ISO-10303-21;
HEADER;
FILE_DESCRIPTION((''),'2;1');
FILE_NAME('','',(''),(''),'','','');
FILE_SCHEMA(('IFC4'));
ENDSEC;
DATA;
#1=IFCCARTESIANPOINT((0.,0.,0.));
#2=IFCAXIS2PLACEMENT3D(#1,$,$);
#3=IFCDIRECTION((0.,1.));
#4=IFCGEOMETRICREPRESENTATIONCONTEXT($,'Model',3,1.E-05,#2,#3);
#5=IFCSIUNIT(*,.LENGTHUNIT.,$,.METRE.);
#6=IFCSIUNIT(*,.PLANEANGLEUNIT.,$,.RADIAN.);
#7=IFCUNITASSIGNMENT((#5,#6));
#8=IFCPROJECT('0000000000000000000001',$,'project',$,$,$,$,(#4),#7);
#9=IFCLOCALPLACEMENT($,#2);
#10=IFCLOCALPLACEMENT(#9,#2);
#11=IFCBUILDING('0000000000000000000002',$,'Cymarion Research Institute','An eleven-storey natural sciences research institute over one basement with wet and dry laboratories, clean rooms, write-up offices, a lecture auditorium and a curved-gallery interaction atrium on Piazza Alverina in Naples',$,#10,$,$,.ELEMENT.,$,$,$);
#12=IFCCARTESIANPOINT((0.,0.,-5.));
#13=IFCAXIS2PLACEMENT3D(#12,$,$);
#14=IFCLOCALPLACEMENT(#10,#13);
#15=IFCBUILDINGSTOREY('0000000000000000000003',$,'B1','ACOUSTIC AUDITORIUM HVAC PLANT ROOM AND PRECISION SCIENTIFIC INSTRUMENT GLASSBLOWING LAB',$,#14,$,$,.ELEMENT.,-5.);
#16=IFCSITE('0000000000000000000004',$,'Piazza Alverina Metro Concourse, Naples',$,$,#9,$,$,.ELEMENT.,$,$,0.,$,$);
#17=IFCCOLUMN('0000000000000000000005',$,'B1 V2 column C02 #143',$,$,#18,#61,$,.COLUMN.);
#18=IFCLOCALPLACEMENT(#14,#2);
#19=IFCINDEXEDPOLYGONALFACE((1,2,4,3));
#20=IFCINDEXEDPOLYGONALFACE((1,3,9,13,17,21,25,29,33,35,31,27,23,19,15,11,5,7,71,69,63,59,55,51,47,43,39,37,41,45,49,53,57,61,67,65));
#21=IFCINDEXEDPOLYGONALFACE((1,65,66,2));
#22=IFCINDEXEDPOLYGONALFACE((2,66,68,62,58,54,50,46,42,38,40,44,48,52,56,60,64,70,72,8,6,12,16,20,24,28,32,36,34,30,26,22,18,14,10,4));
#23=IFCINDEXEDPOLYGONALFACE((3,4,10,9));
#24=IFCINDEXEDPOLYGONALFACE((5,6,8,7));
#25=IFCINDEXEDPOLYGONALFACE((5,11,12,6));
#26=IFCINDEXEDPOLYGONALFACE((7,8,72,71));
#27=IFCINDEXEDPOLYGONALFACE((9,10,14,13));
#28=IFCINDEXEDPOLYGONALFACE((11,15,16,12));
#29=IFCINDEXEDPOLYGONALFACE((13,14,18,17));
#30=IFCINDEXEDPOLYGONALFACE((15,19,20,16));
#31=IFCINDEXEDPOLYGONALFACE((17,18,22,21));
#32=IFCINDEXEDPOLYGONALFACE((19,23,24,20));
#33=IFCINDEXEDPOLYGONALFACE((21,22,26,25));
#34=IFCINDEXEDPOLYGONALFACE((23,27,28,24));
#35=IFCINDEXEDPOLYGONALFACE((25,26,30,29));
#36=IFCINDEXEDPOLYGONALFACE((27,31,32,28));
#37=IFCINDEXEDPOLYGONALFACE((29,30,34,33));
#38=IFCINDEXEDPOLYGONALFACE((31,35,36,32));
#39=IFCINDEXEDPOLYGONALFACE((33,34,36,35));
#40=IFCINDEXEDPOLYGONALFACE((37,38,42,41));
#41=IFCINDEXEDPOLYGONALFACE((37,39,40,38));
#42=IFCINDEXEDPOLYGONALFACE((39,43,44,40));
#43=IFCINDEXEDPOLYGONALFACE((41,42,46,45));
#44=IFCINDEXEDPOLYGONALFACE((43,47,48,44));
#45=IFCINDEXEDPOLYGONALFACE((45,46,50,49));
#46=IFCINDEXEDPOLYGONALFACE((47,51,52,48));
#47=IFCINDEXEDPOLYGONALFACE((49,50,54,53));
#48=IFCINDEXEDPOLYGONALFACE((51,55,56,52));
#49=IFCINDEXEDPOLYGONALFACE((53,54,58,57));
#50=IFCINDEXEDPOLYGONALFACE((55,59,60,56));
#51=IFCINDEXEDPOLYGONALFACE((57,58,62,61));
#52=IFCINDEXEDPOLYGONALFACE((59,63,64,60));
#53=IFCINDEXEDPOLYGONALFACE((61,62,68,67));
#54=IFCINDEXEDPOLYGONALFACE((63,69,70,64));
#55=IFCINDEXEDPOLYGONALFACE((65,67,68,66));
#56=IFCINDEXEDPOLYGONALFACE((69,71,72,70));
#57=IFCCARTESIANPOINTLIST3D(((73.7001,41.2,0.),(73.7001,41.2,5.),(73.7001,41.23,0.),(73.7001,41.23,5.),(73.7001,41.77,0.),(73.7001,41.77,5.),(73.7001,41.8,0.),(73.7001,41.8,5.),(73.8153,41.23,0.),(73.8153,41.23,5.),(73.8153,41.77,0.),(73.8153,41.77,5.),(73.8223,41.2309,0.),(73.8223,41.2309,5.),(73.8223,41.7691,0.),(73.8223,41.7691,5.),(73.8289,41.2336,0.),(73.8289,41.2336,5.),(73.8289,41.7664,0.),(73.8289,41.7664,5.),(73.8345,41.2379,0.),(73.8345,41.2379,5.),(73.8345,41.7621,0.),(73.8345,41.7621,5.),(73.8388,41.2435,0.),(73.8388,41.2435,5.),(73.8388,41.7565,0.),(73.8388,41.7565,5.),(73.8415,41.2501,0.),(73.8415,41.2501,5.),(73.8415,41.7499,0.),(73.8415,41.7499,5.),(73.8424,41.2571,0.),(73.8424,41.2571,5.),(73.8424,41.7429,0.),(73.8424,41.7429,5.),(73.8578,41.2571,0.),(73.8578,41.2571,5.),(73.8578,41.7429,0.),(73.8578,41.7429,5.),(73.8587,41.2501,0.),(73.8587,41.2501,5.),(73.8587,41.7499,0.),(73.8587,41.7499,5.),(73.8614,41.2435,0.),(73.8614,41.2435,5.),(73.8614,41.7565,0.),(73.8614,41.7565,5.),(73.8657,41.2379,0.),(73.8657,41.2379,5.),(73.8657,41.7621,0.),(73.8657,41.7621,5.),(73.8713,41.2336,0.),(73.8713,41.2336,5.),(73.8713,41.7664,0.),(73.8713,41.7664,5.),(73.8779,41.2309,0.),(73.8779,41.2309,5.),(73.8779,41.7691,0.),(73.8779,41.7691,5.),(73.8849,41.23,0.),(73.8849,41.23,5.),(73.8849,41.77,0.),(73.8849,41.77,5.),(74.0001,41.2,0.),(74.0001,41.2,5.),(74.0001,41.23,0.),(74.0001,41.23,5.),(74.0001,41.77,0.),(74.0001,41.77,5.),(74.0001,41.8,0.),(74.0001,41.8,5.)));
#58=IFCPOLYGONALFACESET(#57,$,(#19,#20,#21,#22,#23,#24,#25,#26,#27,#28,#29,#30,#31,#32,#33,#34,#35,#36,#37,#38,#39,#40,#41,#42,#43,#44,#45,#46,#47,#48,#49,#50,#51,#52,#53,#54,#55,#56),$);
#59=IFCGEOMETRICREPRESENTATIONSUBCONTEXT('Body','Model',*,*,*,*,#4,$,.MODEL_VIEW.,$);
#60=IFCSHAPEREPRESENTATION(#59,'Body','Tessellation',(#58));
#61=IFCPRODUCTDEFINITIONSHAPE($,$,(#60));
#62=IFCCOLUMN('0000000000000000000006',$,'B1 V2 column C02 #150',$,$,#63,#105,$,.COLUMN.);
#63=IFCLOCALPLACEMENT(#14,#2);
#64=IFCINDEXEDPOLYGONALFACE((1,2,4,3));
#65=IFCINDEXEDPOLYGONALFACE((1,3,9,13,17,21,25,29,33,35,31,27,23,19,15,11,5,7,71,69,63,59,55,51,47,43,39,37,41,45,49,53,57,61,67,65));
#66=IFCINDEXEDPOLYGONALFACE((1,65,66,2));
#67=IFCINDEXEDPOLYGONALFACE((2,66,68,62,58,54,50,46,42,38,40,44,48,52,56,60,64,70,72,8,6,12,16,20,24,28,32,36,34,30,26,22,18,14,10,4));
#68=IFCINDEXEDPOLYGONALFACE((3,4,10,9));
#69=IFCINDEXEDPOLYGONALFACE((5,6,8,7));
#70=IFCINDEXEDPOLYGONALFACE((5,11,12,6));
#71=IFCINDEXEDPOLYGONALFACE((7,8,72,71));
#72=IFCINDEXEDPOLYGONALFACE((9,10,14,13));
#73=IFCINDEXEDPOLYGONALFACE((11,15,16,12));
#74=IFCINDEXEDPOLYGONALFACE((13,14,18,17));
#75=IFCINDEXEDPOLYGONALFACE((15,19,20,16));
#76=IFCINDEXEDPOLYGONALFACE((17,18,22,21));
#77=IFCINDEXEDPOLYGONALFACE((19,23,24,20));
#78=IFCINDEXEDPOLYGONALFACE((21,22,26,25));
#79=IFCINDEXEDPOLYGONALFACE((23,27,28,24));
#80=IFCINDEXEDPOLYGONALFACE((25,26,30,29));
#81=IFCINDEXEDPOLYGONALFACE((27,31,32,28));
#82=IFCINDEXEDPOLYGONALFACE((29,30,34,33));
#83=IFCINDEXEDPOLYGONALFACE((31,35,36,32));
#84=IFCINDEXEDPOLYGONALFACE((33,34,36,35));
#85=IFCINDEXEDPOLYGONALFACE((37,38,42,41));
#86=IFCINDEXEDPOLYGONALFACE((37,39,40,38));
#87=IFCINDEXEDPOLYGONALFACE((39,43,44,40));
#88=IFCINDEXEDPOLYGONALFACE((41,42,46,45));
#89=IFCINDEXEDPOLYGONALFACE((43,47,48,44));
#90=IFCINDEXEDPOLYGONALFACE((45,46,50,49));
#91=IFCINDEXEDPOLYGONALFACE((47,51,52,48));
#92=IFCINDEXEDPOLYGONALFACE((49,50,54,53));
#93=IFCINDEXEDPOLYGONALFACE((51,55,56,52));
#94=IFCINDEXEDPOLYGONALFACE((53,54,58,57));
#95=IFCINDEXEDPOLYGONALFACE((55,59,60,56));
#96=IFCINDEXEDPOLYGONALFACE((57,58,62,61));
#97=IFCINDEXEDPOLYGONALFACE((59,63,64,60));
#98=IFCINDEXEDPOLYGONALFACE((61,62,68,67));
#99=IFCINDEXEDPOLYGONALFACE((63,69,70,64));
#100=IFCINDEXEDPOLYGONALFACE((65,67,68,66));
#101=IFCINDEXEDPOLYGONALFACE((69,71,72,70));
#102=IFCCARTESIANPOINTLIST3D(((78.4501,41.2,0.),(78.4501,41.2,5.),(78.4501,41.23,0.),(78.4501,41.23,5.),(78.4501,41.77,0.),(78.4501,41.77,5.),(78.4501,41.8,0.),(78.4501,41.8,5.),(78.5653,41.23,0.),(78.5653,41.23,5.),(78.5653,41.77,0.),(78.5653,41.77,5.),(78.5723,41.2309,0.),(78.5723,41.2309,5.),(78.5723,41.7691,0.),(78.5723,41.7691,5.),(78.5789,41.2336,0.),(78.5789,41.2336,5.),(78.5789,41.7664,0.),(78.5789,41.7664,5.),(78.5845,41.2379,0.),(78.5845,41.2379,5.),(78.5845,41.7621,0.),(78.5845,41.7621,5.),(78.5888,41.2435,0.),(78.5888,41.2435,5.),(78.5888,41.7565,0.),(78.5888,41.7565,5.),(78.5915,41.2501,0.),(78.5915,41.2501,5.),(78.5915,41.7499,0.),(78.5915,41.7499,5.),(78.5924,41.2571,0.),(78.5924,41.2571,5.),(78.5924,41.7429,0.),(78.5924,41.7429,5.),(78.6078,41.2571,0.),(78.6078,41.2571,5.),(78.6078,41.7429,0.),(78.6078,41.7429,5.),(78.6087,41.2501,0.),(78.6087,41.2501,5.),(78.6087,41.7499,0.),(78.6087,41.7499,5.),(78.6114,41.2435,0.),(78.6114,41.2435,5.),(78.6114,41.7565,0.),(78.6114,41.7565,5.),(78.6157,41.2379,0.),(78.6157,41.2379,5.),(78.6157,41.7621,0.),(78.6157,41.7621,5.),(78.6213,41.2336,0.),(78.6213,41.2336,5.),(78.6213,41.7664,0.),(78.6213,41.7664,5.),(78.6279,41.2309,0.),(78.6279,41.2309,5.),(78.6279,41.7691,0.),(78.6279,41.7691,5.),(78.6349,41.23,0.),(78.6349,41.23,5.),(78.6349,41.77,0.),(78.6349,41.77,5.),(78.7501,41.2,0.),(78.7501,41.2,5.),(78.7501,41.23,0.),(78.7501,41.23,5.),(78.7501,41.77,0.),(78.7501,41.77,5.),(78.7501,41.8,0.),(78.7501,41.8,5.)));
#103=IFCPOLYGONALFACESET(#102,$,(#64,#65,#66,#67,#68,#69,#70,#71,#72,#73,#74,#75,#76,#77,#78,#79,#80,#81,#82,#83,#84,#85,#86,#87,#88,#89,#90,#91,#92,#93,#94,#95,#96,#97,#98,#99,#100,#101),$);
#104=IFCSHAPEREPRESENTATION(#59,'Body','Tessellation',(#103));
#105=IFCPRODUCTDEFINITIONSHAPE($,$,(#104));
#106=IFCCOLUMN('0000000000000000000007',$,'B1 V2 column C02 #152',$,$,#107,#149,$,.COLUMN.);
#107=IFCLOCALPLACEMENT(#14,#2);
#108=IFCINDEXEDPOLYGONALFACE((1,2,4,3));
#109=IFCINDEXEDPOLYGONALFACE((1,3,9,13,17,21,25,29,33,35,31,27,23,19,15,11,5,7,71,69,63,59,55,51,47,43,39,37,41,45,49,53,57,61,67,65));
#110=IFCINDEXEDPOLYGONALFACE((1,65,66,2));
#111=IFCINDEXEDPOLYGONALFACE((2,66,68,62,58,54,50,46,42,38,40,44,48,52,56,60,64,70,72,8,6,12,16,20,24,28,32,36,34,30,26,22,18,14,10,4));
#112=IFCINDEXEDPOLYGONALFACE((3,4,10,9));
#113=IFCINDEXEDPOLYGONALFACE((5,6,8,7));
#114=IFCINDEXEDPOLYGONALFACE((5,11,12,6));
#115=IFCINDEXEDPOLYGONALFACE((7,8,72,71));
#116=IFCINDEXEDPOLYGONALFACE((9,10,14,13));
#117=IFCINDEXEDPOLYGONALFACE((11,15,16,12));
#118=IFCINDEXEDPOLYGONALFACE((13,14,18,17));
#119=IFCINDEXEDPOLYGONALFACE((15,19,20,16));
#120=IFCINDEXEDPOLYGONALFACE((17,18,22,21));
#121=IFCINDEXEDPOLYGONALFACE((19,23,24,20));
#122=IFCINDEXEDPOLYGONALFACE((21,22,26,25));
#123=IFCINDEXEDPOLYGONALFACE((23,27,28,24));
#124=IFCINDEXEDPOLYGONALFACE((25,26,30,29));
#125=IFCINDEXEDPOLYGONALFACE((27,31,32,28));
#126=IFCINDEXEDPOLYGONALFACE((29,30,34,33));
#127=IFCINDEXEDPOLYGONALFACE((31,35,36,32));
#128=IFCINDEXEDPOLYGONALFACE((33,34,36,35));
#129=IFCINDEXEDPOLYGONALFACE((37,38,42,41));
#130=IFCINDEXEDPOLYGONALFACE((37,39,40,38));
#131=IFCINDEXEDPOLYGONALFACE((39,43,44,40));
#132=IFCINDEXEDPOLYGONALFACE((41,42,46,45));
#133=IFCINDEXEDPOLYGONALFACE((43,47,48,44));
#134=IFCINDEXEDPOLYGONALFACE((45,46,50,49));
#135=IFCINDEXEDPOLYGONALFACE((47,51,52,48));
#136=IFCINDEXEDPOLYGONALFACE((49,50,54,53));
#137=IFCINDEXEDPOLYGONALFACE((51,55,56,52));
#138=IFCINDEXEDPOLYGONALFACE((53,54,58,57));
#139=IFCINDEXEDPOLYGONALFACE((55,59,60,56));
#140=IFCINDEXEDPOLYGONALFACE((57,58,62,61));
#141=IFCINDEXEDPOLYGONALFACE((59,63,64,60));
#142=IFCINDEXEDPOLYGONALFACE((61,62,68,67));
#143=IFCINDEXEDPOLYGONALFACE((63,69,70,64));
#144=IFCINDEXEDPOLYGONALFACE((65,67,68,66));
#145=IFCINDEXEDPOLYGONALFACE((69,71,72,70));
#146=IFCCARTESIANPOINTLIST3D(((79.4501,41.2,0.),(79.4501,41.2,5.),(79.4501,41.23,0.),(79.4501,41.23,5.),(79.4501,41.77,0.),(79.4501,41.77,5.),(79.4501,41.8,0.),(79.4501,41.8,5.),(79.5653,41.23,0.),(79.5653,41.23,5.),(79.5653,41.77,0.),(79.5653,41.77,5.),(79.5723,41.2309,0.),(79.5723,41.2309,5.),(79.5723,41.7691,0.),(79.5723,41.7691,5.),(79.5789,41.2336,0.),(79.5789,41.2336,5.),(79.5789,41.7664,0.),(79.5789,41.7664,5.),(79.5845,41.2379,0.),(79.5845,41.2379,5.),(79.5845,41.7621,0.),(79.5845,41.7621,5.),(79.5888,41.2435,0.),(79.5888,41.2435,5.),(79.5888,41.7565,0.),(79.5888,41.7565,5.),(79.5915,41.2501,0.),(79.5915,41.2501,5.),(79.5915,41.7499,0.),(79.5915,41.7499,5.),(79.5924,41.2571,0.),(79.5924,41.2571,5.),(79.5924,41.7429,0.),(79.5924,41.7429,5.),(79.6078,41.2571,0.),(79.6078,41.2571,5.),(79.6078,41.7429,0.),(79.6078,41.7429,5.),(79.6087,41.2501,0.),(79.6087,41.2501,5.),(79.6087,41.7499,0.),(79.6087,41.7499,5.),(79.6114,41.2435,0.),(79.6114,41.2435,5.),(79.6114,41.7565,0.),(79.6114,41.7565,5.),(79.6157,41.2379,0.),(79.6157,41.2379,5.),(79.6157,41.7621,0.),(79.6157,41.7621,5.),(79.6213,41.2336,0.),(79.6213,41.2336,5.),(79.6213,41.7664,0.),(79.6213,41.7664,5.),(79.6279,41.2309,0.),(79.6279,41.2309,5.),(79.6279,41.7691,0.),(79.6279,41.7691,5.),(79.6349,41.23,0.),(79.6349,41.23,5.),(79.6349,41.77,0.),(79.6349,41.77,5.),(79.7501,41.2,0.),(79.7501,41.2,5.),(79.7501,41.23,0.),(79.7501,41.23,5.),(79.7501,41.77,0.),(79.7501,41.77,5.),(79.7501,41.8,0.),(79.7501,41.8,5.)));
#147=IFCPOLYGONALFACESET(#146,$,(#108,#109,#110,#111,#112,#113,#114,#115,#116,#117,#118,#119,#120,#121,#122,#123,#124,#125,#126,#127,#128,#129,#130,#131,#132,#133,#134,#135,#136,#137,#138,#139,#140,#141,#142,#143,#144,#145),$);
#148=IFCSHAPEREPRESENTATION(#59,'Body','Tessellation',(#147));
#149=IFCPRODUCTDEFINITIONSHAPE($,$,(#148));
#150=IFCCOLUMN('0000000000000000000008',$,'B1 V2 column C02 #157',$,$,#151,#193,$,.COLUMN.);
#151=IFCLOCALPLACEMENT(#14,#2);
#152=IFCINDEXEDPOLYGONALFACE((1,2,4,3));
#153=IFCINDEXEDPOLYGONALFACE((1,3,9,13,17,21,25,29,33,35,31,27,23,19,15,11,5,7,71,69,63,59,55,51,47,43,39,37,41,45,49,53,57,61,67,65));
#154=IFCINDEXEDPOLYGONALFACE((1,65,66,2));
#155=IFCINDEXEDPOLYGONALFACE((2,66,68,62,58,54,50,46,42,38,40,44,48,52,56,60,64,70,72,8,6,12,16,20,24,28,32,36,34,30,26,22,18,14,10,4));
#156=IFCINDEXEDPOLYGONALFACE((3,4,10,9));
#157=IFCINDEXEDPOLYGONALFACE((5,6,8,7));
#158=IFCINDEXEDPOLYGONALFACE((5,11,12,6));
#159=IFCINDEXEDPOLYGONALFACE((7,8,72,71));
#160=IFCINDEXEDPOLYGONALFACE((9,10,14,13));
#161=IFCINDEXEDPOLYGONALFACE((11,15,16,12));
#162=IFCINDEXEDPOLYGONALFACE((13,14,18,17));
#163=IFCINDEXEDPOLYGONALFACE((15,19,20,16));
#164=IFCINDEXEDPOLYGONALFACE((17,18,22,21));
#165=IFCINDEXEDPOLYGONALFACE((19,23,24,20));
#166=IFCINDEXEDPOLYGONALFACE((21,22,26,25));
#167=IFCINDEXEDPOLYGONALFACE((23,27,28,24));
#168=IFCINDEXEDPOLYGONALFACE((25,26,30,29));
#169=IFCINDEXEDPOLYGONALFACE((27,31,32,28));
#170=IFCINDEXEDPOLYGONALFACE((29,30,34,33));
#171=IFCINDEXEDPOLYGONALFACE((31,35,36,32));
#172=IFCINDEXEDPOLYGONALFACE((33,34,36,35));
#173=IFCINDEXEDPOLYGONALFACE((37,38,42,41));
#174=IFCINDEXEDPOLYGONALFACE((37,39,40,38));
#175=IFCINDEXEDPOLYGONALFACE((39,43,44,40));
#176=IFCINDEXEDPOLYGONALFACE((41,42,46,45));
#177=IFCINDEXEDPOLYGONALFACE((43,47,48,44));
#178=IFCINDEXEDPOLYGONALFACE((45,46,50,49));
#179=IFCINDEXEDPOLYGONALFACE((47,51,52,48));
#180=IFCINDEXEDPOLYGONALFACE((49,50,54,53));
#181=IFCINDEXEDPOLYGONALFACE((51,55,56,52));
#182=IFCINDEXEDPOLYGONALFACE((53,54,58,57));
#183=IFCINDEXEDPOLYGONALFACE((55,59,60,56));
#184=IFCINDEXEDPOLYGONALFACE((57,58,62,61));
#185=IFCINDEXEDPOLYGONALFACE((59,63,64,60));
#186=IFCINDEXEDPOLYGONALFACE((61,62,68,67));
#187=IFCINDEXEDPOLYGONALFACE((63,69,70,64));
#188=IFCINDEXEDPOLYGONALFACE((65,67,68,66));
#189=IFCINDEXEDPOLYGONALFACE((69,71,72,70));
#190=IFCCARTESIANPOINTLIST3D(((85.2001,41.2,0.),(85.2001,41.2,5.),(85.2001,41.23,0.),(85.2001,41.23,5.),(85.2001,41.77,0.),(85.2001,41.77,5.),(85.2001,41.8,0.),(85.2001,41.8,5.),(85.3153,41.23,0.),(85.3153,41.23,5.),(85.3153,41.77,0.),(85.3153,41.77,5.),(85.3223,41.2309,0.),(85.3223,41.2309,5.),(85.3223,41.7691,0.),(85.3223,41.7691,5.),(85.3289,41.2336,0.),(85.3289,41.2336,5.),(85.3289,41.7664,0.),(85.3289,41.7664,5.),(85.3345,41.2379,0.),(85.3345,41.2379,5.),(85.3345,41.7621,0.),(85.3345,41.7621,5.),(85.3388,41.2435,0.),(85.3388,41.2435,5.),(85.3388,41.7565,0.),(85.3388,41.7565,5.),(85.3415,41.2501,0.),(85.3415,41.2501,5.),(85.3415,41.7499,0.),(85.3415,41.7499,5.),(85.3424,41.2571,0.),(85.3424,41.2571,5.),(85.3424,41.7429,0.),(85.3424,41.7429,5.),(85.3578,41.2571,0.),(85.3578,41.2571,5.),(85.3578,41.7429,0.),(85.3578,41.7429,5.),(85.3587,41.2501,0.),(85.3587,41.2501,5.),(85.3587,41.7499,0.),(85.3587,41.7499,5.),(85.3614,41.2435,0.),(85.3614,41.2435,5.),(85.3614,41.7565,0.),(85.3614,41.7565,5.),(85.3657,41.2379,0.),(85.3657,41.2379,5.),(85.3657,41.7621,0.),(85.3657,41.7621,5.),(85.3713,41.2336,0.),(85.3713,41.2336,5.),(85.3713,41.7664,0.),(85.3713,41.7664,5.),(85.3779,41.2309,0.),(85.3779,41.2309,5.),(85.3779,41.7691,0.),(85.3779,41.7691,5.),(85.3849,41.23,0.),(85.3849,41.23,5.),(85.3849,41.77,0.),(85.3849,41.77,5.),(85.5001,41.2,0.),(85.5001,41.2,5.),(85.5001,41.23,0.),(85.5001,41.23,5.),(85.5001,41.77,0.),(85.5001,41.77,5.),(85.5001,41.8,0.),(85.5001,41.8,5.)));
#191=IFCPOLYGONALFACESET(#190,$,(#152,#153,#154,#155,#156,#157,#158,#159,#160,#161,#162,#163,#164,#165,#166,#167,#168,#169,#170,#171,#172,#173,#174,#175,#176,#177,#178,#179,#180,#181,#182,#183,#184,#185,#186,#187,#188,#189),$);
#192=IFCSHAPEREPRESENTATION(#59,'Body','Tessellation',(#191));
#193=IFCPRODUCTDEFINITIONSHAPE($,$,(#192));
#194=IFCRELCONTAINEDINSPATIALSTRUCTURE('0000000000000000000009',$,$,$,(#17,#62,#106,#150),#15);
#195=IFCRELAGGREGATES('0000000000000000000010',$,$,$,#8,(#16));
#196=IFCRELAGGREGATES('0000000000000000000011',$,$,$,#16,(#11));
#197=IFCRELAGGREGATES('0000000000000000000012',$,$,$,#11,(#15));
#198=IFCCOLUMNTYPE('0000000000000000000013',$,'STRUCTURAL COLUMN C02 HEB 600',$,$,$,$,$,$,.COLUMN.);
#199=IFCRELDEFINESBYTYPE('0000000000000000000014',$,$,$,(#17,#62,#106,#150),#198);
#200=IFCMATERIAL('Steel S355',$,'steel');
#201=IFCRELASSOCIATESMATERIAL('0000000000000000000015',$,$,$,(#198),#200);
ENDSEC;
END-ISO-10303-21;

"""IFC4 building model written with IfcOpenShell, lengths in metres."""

from ifc_helpers import new_model, si_unit, direction, frame, origin, origin_2d, place, context, subcontext, project, spatial, i_section, extrude, material, material_profile, profile_set, type_object, element, save


model = new_model("IFC4")

# Units and contexts
model_context = context("Model", 3, precision=1e-05, world=origin(), true_north=direction((0.0, 1.0)))
body_context = subcontext(model_context, "Body", "Model", "MODEL_VIEW")
ifc_project = project(units=[si_unit("LENGTHUNIT", "METRE"), si_unit("PLANEANGLEUNIT", "RADIAN")], contexts=[model_context])

# Site, building, storey
site_placement = place(None, origin())
site = spatial("IfcSite", under=ifc_project, at=site_placement, Name="Piazza Alverina Metro Concourse, Naples", CompositionType="ELEMENT", RefElevation=0.0)
building_placement = place(site_placement, origin())
building = spatial("IfcBuilding", under=site, at=building_placement, Name="Cymarion Research Institute", Description="An eleven-storey natural sciences research institute over one basement with wet and dry laboratories, clean rooms, write-up offices, a lecture auditorium and a curved-gallery interaction atrium on Piazza Alverina in Naples", CompositionType="ELEMENT")
storey_placement = place(building_placement, frame((0.0, 0.0, -5.0)))
storey = spatial("IfcBuildingStorey", under=building, at=storey_placement, Name="B1", Description="ACOUSTIC AUDITORIUM HVAC PLANT ROOM AND PRECISION SCIENTIFIC INSTRUMENT GLASSBLOWING LAB", CompositionType="ELEMENT", Elevation=-5.0)

# Columns
ifc_material_1 = material(Name="Steel S355", Category="steel")
ifc_material_profile_1 = material_profile(ifc_material_1, i_section(OverallWidth=0.3, OverallDepth=0.6001, WebThickness=0.0154, FlangeThickness=0.03, FilletRadius=0.0271, at=origin_2d()), Name="HEB 600")
ifc_profile_set_1 = profile_set([ifc_material_profile_1], Name="Steel S355")
column_type_1 = type_object("IfcColumnType", Name="STRUCTURAL COLUMN C02 HEB 600", PredefinedType="COLUMN", material=ifc_profile_set_1)
for number, where, z_axis, x_axis, name in (
    (1, (73.8501, 41.5, 0.0), (0.0, 0.0, 1.0), (1.0, 0.0, 0.0), "B1 V2 column C02 #143"),
    (2, (78.6001, 41.5, 0.0), (0.0, 0.0, 1.0), (1.0, 0.0, 0.0), "B1 V2 column C02 #150"),
    (3, (79.6001, 41.5, 0.0), (0.0, 0.0, 1.0), (1.0, 0.0, 0.0), "B1 V2 column C02 #152"),
    (4, (85.3501, 41.5, 0.0), (0.0, 0.0, 1.0), (1.0, 0.0, 0.0), "B1 V2 column C02 #157"),
):
    element("IfcColumn", number, at=place(storey_placement, frame(where, z_axis=z_axis, x_axis=x_axis)), inside=storey, type_object=column_type_1, Name=name, PredefinedType="COLUMN", context=body_context, shape_type="SweptSolid", body=[
        extrude(i_section(OverallWidth=0.3, OverallDepth=0.6001, WebThickness=0.0154, FlangeThickness=0.03, FilletRadius=0.0271, at=origin_2d()), origin(), (0.0, 0.0, 1.0), 5.0),
    ])

save(model, "model.ifc")
